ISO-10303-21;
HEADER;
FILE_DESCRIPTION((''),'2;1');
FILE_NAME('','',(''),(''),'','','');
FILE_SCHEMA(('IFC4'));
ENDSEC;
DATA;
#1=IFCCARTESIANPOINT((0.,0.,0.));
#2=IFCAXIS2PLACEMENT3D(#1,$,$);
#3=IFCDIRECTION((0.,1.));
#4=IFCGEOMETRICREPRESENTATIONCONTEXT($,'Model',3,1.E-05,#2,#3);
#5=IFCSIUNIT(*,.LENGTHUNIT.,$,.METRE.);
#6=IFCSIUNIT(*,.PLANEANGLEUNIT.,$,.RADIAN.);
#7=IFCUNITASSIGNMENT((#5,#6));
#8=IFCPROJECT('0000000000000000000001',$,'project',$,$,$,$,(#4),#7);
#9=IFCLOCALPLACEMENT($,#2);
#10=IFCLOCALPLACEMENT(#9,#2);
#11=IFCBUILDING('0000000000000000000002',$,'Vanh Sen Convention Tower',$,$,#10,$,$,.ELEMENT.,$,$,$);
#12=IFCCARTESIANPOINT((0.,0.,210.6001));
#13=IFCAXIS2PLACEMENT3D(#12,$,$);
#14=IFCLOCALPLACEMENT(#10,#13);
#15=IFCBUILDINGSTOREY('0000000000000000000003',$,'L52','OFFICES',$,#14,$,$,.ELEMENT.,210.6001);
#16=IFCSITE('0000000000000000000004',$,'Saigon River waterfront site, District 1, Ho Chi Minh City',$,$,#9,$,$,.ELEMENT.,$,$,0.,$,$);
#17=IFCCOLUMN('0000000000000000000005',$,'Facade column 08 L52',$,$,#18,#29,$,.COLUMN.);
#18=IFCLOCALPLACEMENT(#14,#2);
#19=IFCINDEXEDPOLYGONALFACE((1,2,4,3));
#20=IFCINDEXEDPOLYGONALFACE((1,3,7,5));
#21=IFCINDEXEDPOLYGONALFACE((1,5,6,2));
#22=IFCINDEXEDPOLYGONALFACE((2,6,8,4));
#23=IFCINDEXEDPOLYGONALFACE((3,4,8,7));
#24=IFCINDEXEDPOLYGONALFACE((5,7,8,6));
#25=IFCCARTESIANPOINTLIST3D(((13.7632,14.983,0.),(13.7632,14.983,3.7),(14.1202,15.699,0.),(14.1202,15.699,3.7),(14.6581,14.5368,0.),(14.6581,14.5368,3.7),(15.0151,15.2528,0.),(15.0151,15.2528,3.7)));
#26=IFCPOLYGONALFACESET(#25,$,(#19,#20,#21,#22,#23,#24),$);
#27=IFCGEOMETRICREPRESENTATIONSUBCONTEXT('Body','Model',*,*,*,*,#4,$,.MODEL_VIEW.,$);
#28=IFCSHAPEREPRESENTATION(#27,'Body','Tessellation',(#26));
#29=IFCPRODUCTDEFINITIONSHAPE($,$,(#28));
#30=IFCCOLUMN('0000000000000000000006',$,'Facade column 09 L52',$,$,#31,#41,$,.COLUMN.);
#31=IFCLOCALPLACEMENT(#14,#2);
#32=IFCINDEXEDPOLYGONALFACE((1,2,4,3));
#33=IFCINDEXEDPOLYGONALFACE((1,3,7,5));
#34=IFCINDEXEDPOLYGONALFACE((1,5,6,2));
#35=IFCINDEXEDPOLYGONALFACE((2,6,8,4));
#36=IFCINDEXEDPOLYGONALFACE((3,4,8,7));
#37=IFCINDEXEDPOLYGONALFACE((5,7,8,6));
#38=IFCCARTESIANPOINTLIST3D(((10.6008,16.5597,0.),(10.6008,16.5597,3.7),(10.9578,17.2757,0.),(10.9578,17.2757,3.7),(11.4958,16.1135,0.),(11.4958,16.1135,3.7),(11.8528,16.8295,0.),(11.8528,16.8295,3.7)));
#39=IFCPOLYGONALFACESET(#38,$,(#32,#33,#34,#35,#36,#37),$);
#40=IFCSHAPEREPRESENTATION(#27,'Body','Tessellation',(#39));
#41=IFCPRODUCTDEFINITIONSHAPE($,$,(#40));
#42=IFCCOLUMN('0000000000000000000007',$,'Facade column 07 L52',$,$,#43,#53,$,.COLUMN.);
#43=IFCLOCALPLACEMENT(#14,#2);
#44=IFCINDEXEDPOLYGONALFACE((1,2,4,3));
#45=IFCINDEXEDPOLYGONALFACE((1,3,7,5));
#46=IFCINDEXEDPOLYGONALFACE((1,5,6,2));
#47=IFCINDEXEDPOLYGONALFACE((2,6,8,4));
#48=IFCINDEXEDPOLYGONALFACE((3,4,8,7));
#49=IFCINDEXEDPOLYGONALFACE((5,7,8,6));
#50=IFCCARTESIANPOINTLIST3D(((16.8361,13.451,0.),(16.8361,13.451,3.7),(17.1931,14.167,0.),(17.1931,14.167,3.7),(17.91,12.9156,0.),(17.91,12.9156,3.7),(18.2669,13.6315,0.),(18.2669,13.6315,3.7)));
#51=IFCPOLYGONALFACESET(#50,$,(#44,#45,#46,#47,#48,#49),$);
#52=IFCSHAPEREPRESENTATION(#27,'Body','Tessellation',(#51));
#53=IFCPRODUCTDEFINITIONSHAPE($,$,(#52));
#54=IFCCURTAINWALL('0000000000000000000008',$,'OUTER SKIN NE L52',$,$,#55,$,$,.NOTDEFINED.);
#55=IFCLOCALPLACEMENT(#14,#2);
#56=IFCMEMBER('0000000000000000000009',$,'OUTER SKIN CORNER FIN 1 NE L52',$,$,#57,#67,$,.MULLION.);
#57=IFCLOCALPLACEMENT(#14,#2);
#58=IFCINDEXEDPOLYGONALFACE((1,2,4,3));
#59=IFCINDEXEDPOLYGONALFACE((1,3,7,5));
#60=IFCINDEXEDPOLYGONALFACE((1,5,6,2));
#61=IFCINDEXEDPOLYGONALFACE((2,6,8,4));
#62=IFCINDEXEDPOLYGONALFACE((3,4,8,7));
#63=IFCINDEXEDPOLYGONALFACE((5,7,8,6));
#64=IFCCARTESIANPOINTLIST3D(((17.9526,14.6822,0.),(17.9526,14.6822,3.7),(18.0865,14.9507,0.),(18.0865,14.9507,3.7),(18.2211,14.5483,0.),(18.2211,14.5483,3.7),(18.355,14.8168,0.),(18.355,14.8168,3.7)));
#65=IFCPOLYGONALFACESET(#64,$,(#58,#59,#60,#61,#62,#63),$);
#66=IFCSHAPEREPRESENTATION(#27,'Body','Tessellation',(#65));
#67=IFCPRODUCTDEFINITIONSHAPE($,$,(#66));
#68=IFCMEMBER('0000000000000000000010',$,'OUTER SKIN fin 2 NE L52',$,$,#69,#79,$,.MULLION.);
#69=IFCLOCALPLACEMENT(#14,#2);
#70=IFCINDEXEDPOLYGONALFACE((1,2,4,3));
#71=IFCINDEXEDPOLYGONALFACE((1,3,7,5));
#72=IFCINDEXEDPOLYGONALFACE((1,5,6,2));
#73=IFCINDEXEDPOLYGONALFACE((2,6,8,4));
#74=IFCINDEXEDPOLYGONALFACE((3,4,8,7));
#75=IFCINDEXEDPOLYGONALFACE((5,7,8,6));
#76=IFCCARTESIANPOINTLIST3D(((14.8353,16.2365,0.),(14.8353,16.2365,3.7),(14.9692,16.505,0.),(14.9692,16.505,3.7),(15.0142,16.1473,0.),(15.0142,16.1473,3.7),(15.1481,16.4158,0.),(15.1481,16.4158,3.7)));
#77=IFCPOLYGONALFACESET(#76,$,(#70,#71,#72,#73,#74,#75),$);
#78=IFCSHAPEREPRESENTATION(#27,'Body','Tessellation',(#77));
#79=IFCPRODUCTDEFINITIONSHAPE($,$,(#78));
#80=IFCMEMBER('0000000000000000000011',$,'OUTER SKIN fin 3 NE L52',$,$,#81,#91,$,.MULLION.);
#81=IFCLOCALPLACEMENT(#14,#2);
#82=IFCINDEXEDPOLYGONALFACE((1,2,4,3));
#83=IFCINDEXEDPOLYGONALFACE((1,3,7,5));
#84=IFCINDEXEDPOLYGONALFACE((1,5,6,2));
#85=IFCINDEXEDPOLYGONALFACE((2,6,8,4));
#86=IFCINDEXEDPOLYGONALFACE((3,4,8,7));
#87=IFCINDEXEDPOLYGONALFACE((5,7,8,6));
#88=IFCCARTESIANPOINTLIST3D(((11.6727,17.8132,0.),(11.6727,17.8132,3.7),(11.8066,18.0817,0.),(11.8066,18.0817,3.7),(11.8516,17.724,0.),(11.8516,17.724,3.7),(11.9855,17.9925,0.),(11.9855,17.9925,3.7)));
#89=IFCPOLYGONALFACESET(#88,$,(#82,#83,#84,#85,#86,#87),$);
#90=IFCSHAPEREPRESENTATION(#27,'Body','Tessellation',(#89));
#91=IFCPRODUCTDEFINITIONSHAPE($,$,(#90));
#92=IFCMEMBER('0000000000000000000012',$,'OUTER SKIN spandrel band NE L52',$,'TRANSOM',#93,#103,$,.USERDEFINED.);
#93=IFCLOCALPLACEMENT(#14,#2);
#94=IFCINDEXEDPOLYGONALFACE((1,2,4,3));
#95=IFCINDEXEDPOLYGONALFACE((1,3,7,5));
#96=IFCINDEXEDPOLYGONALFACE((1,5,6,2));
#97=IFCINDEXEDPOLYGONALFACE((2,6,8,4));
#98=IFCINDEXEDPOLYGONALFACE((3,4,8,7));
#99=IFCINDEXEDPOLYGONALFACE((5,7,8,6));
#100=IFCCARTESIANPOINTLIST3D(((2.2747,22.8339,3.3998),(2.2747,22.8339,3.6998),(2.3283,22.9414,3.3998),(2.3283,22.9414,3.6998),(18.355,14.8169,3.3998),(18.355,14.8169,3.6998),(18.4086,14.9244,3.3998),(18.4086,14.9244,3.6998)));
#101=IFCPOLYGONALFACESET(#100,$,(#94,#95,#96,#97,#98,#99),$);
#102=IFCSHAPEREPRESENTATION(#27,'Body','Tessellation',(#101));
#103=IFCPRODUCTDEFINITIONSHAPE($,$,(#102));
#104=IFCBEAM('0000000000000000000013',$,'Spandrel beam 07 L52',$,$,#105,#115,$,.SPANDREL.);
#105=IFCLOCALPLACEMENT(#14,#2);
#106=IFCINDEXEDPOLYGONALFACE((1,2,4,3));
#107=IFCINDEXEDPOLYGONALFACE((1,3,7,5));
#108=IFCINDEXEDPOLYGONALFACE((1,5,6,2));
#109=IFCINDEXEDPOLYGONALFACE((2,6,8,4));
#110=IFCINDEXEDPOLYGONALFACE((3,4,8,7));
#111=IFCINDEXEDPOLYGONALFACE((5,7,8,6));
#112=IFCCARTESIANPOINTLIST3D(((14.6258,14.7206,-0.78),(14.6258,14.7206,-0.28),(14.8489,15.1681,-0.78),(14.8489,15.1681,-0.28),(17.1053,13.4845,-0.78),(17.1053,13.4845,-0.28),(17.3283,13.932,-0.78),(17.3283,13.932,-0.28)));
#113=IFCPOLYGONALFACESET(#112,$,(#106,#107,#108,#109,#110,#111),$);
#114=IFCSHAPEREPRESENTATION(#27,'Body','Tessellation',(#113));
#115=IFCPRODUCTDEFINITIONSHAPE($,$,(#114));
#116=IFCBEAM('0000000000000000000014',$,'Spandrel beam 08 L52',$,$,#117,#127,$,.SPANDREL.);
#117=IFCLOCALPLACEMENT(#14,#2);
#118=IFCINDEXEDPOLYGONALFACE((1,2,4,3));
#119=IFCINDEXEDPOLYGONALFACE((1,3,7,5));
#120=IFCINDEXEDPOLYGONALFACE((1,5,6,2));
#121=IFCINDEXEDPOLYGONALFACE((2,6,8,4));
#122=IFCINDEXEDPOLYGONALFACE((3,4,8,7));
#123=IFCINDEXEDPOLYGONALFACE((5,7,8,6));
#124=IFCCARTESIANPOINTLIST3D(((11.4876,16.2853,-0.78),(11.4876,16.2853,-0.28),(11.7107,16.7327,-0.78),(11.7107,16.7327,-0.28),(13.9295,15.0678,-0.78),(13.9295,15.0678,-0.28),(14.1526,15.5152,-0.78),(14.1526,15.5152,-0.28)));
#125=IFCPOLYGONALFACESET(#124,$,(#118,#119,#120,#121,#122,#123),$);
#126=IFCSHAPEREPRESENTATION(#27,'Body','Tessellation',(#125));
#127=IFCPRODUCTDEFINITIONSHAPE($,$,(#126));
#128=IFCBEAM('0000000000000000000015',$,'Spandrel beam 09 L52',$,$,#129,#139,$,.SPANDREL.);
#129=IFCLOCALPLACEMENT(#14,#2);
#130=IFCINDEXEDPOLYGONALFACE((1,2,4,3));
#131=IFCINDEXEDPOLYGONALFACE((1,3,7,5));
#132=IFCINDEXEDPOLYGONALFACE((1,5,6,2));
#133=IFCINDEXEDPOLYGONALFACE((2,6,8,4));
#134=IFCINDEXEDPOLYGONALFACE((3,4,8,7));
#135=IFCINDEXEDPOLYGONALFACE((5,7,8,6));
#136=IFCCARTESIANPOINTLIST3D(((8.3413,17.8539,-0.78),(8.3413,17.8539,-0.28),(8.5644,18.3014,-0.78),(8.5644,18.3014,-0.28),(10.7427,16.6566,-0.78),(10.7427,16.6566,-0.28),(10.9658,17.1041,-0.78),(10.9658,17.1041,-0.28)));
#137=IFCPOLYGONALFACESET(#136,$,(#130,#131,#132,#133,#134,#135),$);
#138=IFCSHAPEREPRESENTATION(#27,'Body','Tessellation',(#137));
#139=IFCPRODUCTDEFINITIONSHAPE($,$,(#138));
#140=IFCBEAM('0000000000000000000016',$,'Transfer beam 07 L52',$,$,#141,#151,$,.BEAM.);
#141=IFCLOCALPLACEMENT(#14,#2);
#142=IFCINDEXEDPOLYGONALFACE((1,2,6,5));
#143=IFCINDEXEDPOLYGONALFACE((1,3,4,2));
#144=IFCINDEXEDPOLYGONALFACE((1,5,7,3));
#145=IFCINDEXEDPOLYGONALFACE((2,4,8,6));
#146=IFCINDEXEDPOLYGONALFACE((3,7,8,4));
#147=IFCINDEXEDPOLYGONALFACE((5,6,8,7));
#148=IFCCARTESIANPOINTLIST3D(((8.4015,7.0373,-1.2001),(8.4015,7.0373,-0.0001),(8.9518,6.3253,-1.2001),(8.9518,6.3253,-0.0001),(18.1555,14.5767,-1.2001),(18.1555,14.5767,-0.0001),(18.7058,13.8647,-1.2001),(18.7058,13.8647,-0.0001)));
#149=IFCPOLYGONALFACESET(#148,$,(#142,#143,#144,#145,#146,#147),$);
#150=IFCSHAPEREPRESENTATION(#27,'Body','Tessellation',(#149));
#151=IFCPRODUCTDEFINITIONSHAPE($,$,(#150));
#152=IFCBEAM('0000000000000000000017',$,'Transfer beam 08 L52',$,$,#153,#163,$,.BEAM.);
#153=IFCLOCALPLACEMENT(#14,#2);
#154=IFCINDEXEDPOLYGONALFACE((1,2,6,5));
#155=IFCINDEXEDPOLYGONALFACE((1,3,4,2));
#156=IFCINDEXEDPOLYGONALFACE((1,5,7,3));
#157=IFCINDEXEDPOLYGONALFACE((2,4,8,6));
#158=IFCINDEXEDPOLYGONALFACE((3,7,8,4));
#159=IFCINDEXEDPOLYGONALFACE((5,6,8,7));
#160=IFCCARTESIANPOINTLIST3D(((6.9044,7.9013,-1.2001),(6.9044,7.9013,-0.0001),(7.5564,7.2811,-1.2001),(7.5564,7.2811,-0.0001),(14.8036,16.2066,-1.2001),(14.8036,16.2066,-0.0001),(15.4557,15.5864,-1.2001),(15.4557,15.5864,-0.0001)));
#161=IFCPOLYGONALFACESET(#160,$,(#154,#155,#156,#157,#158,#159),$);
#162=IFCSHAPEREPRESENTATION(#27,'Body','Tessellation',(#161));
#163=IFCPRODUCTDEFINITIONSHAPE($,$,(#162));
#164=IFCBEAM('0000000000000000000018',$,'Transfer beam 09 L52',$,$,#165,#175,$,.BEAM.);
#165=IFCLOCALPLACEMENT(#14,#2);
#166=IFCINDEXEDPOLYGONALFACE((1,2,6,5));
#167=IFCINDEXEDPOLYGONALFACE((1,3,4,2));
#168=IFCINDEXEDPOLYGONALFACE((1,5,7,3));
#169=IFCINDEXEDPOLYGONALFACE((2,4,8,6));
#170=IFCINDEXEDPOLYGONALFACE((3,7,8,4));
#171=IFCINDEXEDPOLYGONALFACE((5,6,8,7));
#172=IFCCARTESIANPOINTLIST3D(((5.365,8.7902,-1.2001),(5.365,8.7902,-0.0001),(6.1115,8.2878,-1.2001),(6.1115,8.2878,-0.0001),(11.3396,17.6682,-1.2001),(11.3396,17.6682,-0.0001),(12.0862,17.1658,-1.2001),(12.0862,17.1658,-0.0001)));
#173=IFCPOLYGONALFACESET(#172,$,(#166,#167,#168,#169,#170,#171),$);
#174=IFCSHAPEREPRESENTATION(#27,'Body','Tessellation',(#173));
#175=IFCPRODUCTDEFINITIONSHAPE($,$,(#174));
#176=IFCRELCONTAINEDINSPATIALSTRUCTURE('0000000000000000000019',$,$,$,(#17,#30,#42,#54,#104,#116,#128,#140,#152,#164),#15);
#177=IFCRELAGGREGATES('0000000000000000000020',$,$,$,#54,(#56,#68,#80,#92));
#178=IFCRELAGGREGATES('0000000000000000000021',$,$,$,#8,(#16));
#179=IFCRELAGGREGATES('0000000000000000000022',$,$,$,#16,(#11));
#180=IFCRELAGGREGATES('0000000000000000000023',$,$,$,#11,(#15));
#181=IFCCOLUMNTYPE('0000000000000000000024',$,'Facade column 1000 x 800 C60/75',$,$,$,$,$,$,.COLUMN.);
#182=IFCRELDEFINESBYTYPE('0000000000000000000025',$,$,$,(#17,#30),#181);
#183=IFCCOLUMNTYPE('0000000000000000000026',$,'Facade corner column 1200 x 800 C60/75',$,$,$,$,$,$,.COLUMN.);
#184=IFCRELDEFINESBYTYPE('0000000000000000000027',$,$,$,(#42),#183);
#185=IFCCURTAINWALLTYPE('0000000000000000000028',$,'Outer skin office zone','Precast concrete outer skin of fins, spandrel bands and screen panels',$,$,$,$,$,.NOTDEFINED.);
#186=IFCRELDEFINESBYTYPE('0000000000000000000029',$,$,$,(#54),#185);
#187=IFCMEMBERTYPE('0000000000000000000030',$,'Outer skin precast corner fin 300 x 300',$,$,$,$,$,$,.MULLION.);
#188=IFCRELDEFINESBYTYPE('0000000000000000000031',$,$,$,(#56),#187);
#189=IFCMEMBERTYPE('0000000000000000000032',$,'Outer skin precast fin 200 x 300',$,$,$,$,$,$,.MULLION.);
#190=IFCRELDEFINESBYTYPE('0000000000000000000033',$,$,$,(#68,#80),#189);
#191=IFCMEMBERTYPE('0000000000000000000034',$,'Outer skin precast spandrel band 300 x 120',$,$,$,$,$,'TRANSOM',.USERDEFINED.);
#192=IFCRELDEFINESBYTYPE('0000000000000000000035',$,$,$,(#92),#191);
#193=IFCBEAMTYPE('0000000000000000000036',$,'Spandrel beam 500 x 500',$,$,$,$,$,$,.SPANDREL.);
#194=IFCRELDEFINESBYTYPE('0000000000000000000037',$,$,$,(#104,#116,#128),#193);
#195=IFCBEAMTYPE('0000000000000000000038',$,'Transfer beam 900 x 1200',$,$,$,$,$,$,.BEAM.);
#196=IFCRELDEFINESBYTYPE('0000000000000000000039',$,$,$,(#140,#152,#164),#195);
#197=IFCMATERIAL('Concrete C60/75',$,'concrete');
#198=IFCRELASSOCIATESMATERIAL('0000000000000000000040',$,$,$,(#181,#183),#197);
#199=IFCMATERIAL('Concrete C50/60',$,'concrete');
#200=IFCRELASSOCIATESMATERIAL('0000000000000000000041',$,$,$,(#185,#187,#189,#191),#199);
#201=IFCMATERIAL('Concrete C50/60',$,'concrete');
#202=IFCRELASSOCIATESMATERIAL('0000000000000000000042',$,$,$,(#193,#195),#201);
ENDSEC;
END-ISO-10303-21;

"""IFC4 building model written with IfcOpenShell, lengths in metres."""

from ifc_helpers import new_model, si_unit, direction, frame, origin, origin_2d, place, context, subcontext, project, spatial, rectangle, extrude, material, material_profile, profile_set, type_object, element, aggregate, save


model = new_model("IFC4")

# Units and contexts
model_context = context("Model", 3, precision=1e-05, world=origin(), true_north=direction((0.0, 1.0)))
body_context = subcontext(model_context, "Body", "Model", "MODEL_VIEW")
ifc_project = project(units=[si_unit("LENGTHUNIT", "METRE"), si_unit("PLANEANGLEUNIT", "RADIAN")], contexts=[model_context])

# Site, building, storey
site_placement = place(None, origin())
site = spatial("IfcSite", under=ifc_project, at=site_placement, Name="Saigon River waterfront site, District 1, Ho Chi Minh City", CompositionType="ELEMENT", RefElevation=0.0)
building_placement = place(site_placement, origin())
building = spatial("IfcBuilding", under=site, at=building_placement, Name="Vanh Sen Convention Tower", CompositionType="ELEMENT")
storey_placement = place(building_placement, frame((0.0, 0.0, 210.6001)))
storey = spatial("IfcBuildingStorey", under=building, at=storey_placement, Name="L52", Description="OFFICES", CompositionType="ELEMENT", Elevation=210.6001)

# Columns
ifc_material_1 = material(Name="Concrete C60/75", Category="concrete")
ifc_material_profile_1 = material_profile(ifc_material_1, rectangle(XDim=1.0, YDim=0.8, at=origin_2d()), Name="RC 1000X800")
ifc_profile_set_1 = profile_set([ifc_material_profile_1], Name="Concrete C60/75")
column_type_1 = type_object("IfcColumnType", Name="Facade column 1000 x 800 C60/75", PredefinedType="COLUMN", material=ifc_profile_set_1)
for number, where, z_axis, x_axis, name in (
    (1, (14.3892, 15.1179, 0.0), (0.0, 0.0, 1.0), (-0.894934, 0.446198, 0.0), "Facade column 08 L52"),
    (2, (11.2268, 16.6946, 0.0), (0.0, 0.0, 1.0), (-0.894934, 0.446198, 0.0), "Facade column 09 L52"),
):
    element("IfcColumn", number, at=place(storey_placement, frame(where, z_axis=z_axis, x_axis=x_axis)), inside=storey, type_object=column_type_1, Name=name, PredefinedType="COLUMN", context=body_context, shape_type="SweptSolid", body=[
        extrude(rectangle(XDim=1.0, YDim=0.8, at=origin_2d()), origin(), (0.0, 0.0, 1.0), 3.7),
    ])
ifc_material_profile_2 = material_profile(ifc_material_1, rectangle(XDim=1.2, YDim=0.8, at=origin_2d()), Name="RC 1200X800")
ifc_profile_set_2 = profile_set([ifc_material_profile_2], Name="Concrete C60/75")
column_type_2 = type_object("IfcColumnType", Name="Facade corner column 1200 x 800 C60/75", PredefinedType="COLUMN", material=ifc_profile_set_2)
column_placement = place(storey_placement, frame((17.5515, 13.5413, 0.0), z_axis=(0.0, 0.0, 1.0), x_axis=(-0.894934, 0.446198, 0.0)))
element("IfcColumn", 3, at=column_placement, inside=storey, type_object=column_type_2, Name="Facade column 07 L52", PredefinedType="COLUMN", context=body_context, shape_type="SweptSolid", body=[
    extrude(rectangle(XDim=1.2, YDim=0.8, at=origin_2d()), origin(), (0.0, 0.0, 1.0), 3.7),
])

# Curtain wall, members
ifc_material_2 = material(Name="Concrete C50/60", Category="concrete")
curtain_wall_type = type_object("IfcCurtainWallType", Name="Outer skin office zone", Description="Precast concrete outer skin of fins, spandrel bands and screen panels", PredefinedType="NOTDEFINED", material=ifc_material_2)
curtain_wall_1_placement = place(storey_placement, origin())
curtain_wall_1 = element("IfcCurtainWall", 4, at=curtain_wall_1_placement, inside=storey, type_object=curtain_wall_type, Name="OUTER SKIN NE L52", PredefinedType="NOTDEFINED")
ifc_material_profile_3 = material_profile(ifc_material_2, rectangle(XDim=0.3, YDim=0.3, at=origin_2d()), Name="Outer skin precast corner fin 300 x 300")
ifc_profile_set_3 = profile_set([ifc_material_profile_3], Name="Concrete C50/60")
member_type_1 = type_object("IfcMemberType", Name="Outer skin precast corner fin 300 x 300", PredefinedType="MULLION", material=ifc_profile_set_3)
member_1_placement = place(storey_placement, frame((18.1538, 14.7495, 0.0), z_axis=(0.0, 0.0, 1.0), x_axis=(-0.894934, 0.446198, 0.0)))
member_1 = element("IfcMember", 5, at=member_1_placement, type_object=member_type_1, Name="OUTER SKIN CORNER FIN 1 NE L52", PredefinedType="MULLION", context=body_context, shape_type="SweptSolid", body=[
    extrude(rectangle(XDim=0.3, YDim=0.3, at=origin_2d()), origin(), (0.0, 0.0, 1.0), 3.7),
])
ifc_material_profile_4 = material_profile(ifc_material_2, rectangle(XDim=0.2, YDim=0.3, at=origin_2d()), Name="Outer skin precast fin 200 x 300")
ifc_profile_set_4 = profile_set([ifc_material_profile_4], Name="Concrete C50/60")
member_type_2 = type_object("IfcMemberType", Name="Outer skin precast fin 200 x 300", PredefinedType="MULLION", material=ifc_profile_set_4)
member_2_placement = place(storey_placement, frame((14.9917, 16.3262, 0.0), z_axis=(0.0, 0.0, 1.0), x_axis=(-0.894934, 0.446198, 0.0)))
member_2 = element("IfcMember", 6, at=member_2_placement, type_object=member_type_2, Name="OUTER SKIN fin 2 NE L52", PredefinedType="MULLION", context=body_context, shape_type="SweptSolid", body=[
    extrude(rectangle(XDim=0.2, YDim=0.3, at=origin_2d()), origin(), (0.0, 0.0, 1.0), 3.7),
])
member_3_placement = place(storey_placement, frame((11.8291, 17.9028, 0.0), z_axis=(0.0, 0.0, 1.0), x_axis=(-0.894934, 0.446198, 0.0)))
member_3 = element("IfcMember", 7, at=member_3_placement, type_object=member_type_2, Name="OUTER SKIN fin 3 NE L52", PredefinedType="MULLION", context=body_context, shape_type="SweptSolid", body=[
    extrude(rectangle(XDim=0.2, YDim=0.3, at=origin_2d()), origin(), (0.0, 0.0, 1.0), 3.7),
])
ifc_material_profile_5 = material_profile(ifc_material_2, rectangle(XDim=0.1201, YDim=0.3, at=origin_2d()), Name="Outer skin precast spandrel band 300 x 120")
ifc_profile_set_5 = profile_set([ifc_material_profile_5], Name="Concrete C50/60")
member_type_3 = type_object("IfcMemberType", Name="Outer skin precast spandrel band 300 x 120", ElementType="TRANSOM", PredefinedType="USERDEFINED", material=ifc_profile_set_5)
member_4_placement = place(storey_placement, frame((18.3818, 14.8706, 3.5498), z_axis=(-0.89494, 0.446186, 0.0), x_axis=(-0.446186, -0.89494, 0.0)))
member_4 = element("IfcMember", 8, at=member_4_placement, type_object=member_type_3, Name="OUTER SKIN spandrel band NE L52", ObjectType="TRANSOM", PredefinedType="USERDEFINED", context=body_context, shape_type="SweptSolid", body=[
    extrude(rectangle(XDim=0.1201, YDim=0.3, at=origin_2d()), origin(), (0.0, 0.0, 1.0), 17.968),
])

# Beams
ifc_material_3 = material(Name="Concrete C50/60", Category="concrete")
ifc_material_profile_6 = material_profile(ifc_material_3, rectangle(XDim=0.5, YDim=0.5, at=origin_2d()), Name="RC 500X500")
ifc_profile_set_6 = profile_set([ifc_material_profile_6], Name="Concrete C50/60")
beam_type_1 = type_object("IfcBeamType", Name="Spandrel beam 500 x 500", PredefinedType="SPANDREL", material=ifc_profile_set_6)
beam_1_placement = place(storey_placement, frame((17.2168, 13.7083, -0.53), z_axis=(-0.894955, 0.446156, 0.0), x_axis=(-0.446156, -0.894955, 0.0)))
element("IfcBeam", 9, at=beam_1_placement, inside=storey, type_object=beam_type_1, Name="Spandrel beam 07 L52", PredefinedType="SPANDREL", context=body_context, shape_type="SweptSolid", body=[
    extrude(rectangle(XDim=0.5, YDim=0.5, at=origin_2d()), origin(), (0.0, 0.0, 1.0), 2.7705),
])
beam_2_placement = place(storey_placement, frame((14.041, 15.2915, -0.53), z_axis=(-0.894928, 0.446211, 0.0), x_axis=(-0.446211, -0.894928, 0.0)))
element("IfcBeam", 10, at=beam_2_placement, inside=storey, type_object=beam_type_1, Name="Spandrel beam 08 L52", PredefinedType="SPANDREL", context=body_context, shape_type="SweptSolid", body=[
    extrude(rectangle(XDim=0.5, YDim=0.5, at=origin_2d()), origin(), (0.0, 0.0, 1.0), 2.7285),
])
beam_3_placement = place(storey_placement, frame((10.8542, 16.8804, -0.53), z_axis=(-0.894936, 0.446194, 0.0), x_axis=(-0.446194, -0.894936, 0.0)))
element("IfcBeam", 11, at=beam_3_placement, inside=storey, type_object=beam_type_1, Name="Spandrel beam 09 L52", PredefinedType="SPANDREL", context=body_context, shape_type="SweptSolid", body=[
    extrude(rectangle(XDim=0.5, YDim=0.5, at=origin_2d()), origin(), (0.0, 0.0, 1.0), 2.6833),
])
ifc_material_profile_7 = material_profile(ifc_material_3, rectangle(XDim=0.8999, YDim=1.2, at=origin_2d()), Name="RC 900X1200")
ifc_profile_set_7 = profile_set([ifc_material_profile_7], Name="Concrete C50/60")
beam_type_2 = type_object("IfcBeamType", Name="Transfer beam 900 x 1200", PredefinedType="BEAM", material=ifc_profile_set_7)
beam_4_placement = place(storey_placement, frame((18.4307, 14.2207, -0.6001), z_axis=(-0.791199, -0.611559, 0.0), x_axis=(0.611559, -0.791199, 0.0)))
element("IfcBeam", 12, at=beam_4_placement, inside=storey, type_object=beam_type_2, Name="Transfer beam 07 L52", PredefinedType="BEAM", context=body_context, shape_type="SweptSolid", body=[
    extrude(rectangle(XDim=0.8999, YDim=1.2, at=origin_2d()), origin(), (0.0, 0.0, 1.0), 12.3281),
])
beam_5_placement = place(storey_placement, frame((15.1296, 15.8965, -0.6001), z_axis=(-0.689174, -0.724596, 0.0), x_axis=(0.724596, -0.689174, 0.0)))
element("IfcBeam", 13, at=beam_5_placement, inside=storey, type_object=beam_type_2, Name="Transfer beam 08 L52", PredefinedType="BEAM", context=body_context, shape_type="SweptSolid", body=[
    extrude(rectangle(XDim=0.8999, YDim=1.2, at=origin_2d()), origin(), (0.0, 0.0, 1.0), 11.4619),
])
beam_6_placement = place(storey_placement, frame((11.7129, 17.417, -0.6001), z_axis=(-0.558317, -0.829628, 0.0), x_axis=(0.829628, -0.558317, 0.0)))
element("IfcBeam", 14, at=beam_6_placement, inside=storey, type_object=beam_type_2, Name="Transfer beam 09 L52", PredefinedType="BEAM", context=body_context, shape_type="SweptSolid", body=[
    extrude(rectangle(XDim=0.8999, YDim=1.2, at=origin_2d()), origin(), (0.0, 0.0, 1.0), 10.7012),
])

aggregate(curtain_wall_1, [member_1, member_2, member_3, member_4])

save(model, "model.ifc")
